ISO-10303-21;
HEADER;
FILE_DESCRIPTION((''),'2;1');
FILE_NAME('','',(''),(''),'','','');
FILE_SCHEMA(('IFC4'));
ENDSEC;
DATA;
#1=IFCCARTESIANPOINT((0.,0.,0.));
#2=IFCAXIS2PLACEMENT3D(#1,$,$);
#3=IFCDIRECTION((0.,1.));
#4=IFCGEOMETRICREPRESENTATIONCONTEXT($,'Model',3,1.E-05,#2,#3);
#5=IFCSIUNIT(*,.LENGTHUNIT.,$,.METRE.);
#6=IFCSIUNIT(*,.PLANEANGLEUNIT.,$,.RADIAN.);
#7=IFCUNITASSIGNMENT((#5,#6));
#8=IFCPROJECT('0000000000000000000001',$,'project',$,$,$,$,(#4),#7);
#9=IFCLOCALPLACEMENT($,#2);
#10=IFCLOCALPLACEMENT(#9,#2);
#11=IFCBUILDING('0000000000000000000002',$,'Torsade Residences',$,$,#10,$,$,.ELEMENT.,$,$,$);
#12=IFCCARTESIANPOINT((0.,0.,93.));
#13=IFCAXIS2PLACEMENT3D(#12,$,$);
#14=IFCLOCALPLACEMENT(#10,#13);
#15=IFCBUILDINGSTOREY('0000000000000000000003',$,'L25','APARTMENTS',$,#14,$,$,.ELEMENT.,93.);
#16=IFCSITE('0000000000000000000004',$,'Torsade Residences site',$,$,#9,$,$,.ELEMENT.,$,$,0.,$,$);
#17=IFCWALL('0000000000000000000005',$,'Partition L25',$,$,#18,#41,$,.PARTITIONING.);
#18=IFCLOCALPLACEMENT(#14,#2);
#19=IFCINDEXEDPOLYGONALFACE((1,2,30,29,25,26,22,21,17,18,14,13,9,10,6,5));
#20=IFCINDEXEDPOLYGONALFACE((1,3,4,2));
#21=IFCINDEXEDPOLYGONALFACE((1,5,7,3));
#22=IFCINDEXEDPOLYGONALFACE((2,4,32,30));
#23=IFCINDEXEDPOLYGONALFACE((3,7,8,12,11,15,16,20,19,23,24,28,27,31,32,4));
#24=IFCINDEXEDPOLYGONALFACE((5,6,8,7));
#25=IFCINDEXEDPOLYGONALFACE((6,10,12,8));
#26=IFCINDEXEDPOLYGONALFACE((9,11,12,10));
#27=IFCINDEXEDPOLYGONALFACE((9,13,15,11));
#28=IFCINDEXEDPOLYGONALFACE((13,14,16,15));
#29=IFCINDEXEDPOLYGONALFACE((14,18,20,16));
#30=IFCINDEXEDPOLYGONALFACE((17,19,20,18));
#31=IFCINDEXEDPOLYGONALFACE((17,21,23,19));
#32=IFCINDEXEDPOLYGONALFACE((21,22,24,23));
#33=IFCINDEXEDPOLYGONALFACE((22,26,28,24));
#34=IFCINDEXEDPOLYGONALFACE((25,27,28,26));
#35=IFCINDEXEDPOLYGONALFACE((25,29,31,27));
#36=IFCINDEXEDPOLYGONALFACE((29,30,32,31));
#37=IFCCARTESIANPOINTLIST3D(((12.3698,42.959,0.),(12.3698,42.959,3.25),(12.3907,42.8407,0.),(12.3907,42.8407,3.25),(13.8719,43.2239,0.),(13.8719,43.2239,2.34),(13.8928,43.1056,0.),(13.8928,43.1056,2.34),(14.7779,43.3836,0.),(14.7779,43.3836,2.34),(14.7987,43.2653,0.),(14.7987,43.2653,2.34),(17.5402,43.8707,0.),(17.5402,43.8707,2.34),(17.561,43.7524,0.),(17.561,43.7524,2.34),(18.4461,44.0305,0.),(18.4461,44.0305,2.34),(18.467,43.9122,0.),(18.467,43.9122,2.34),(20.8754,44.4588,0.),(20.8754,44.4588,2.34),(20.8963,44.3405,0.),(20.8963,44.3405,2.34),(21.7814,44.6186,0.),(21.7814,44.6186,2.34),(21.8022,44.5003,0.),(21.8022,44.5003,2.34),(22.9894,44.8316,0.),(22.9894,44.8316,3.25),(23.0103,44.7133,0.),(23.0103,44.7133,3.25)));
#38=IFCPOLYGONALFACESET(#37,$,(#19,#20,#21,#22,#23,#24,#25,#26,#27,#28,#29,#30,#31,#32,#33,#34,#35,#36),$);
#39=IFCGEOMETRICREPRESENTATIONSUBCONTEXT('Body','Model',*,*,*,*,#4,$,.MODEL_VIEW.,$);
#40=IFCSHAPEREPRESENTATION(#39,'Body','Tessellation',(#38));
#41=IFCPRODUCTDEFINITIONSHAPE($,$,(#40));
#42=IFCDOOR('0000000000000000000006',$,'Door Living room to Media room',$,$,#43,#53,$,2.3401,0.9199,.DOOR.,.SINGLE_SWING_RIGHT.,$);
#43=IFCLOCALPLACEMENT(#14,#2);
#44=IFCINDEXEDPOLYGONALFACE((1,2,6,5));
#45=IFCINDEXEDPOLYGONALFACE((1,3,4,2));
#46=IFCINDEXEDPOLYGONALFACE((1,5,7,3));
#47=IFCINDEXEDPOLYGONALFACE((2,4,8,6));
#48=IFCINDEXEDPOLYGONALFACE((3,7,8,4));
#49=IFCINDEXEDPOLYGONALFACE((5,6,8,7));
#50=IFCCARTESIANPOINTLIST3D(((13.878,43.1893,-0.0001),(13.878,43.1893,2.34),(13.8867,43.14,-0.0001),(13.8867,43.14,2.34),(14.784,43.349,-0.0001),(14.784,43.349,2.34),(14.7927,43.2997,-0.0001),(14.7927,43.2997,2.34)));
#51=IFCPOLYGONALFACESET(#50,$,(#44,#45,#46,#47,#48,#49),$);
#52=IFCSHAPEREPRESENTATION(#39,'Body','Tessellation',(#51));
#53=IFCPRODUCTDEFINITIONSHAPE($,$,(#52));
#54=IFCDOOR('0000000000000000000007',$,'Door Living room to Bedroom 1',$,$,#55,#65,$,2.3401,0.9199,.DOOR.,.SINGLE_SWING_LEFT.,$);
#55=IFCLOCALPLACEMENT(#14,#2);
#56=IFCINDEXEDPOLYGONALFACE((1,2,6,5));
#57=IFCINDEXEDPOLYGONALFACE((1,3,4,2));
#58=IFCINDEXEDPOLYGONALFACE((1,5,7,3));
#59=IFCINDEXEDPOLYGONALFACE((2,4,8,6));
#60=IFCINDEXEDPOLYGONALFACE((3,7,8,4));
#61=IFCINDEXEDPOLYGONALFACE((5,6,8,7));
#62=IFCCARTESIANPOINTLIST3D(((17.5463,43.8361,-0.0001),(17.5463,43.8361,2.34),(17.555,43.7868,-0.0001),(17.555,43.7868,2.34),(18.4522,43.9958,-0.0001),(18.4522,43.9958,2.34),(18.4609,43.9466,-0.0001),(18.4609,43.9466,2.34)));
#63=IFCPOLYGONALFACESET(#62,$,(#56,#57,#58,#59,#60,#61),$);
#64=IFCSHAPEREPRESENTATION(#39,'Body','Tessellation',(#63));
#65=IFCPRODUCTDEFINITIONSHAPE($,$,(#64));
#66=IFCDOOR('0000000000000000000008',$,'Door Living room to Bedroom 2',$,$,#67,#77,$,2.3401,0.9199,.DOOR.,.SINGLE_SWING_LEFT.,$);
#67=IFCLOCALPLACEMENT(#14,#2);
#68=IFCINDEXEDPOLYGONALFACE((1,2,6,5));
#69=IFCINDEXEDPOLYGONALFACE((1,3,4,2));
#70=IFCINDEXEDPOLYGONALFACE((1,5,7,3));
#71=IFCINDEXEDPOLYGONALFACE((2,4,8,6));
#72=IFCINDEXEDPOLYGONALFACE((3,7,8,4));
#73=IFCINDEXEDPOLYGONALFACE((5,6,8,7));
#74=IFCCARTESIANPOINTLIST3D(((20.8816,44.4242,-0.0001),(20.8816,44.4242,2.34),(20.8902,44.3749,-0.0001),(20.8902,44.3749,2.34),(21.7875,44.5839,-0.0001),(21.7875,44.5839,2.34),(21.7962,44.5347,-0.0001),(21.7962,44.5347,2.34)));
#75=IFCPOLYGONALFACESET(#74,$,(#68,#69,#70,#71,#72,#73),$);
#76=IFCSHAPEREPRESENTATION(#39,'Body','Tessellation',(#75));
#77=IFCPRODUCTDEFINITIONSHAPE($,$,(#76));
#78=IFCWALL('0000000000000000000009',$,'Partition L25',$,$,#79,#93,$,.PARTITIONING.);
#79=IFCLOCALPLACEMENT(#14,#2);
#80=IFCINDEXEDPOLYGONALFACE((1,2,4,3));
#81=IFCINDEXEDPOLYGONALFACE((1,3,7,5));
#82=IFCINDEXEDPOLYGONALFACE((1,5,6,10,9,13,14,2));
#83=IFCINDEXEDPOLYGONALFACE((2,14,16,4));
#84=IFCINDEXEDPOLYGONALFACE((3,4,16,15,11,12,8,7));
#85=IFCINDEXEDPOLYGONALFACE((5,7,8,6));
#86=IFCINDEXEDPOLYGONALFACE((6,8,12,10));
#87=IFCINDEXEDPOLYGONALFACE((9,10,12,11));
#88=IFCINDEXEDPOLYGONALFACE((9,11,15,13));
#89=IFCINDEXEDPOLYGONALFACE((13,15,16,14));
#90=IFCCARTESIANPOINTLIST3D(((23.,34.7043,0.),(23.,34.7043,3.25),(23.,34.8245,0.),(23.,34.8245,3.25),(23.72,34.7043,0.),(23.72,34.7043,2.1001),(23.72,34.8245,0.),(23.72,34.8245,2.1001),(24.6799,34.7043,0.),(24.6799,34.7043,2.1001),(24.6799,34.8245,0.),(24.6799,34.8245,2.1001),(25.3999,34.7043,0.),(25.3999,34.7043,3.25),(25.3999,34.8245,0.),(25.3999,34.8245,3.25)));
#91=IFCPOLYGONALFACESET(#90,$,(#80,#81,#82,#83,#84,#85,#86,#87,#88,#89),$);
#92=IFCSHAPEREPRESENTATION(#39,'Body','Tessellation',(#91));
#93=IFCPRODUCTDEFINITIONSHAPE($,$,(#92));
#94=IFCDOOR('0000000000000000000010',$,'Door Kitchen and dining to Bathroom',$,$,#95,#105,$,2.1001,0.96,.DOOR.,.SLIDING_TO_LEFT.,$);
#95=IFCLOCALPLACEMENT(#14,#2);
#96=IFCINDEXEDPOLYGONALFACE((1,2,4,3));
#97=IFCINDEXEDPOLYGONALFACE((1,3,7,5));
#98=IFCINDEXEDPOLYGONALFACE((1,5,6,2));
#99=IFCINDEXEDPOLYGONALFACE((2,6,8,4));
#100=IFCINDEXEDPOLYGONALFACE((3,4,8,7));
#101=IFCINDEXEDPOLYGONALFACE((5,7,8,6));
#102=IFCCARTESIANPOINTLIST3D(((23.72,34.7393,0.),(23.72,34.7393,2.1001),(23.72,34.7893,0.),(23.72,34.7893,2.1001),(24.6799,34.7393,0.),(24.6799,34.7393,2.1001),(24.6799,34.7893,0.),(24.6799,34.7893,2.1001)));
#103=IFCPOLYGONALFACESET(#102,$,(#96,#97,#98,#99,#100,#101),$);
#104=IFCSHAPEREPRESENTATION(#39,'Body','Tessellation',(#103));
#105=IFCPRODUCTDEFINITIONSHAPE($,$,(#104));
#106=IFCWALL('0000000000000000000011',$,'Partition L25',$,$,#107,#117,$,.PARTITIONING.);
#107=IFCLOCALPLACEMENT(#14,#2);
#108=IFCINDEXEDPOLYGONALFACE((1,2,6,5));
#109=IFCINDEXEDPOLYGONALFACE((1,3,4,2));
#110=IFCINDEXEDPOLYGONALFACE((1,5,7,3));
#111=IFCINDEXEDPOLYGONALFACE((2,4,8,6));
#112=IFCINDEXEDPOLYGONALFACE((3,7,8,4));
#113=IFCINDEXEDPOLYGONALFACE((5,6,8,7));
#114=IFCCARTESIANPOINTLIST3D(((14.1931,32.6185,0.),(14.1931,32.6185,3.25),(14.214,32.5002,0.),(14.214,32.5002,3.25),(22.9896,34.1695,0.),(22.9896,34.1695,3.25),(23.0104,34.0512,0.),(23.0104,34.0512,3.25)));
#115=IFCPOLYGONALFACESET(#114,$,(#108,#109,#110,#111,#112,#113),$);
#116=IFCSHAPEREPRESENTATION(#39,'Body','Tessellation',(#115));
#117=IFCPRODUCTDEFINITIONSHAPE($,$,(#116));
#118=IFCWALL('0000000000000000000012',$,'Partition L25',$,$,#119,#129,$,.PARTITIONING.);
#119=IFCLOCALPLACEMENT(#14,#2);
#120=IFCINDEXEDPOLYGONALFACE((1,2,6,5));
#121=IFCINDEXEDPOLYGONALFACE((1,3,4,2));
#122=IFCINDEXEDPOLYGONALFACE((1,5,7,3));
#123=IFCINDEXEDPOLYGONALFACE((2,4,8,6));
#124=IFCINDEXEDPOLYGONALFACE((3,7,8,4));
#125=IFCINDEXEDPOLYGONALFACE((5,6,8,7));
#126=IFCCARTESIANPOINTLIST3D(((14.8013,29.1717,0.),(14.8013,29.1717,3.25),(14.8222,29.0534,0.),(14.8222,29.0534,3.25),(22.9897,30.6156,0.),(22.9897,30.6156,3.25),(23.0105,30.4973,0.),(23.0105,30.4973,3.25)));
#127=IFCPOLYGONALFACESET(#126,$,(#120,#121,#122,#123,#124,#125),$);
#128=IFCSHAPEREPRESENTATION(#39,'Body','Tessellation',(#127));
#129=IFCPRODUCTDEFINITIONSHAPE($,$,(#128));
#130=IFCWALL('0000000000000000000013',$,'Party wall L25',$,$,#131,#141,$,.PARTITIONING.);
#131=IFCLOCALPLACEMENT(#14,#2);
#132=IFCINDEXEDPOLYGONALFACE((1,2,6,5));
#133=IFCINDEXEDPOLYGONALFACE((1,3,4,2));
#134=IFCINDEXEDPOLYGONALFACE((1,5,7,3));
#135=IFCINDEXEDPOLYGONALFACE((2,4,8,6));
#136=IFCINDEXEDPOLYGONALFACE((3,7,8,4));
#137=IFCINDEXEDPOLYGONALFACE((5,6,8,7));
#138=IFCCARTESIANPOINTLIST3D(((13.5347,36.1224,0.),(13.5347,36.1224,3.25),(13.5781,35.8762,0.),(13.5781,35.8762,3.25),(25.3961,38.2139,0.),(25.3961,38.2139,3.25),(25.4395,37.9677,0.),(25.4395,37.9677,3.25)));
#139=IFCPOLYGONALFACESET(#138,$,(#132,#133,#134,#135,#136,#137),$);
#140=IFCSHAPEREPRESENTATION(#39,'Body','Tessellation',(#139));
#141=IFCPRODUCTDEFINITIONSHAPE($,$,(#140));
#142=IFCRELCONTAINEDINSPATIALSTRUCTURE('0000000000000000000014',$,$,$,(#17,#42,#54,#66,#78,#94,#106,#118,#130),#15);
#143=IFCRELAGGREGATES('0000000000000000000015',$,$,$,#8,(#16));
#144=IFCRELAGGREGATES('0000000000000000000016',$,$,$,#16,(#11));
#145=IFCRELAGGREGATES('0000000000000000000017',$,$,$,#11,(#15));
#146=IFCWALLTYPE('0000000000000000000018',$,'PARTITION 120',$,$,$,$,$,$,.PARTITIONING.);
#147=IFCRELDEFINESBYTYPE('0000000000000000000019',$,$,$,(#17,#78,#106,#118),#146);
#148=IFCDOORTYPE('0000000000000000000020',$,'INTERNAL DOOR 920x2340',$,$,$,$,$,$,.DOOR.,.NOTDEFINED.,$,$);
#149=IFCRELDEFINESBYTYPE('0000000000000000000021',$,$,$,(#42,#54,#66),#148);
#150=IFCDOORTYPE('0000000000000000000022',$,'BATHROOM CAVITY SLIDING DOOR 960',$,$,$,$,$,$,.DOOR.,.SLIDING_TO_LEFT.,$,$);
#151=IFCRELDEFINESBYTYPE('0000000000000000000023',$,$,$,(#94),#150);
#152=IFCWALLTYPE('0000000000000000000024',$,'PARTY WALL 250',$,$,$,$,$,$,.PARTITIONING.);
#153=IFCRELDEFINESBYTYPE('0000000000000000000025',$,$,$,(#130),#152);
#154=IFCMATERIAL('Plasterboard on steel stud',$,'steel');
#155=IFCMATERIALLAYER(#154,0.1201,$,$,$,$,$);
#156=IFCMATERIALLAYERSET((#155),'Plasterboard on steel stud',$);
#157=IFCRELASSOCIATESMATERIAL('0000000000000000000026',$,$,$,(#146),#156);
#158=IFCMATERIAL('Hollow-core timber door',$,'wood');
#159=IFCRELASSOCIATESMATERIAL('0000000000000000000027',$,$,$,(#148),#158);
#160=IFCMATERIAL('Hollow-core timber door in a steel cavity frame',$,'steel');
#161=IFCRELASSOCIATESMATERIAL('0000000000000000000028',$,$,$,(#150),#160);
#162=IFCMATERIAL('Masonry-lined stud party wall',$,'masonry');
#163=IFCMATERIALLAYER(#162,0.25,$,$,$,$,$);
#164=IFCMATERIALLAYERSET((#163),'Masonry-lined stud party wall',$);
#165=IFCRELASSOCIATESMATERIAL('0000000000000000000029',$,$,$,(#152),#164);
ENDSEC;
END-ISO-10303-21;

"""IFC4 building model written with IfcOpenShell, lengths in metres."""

from ifc_helpers import new_model, si_unit, direction, frame, frame_2d, origin, place, context, subcontext, project, spatial, rectangle, extrude, material, layer, layer_set, type_object, element, fill, save


model = new_model("IFC4")

# Units and contexts
model_context = context("Model", 3, precision=1e-05, world=origin(), true_north=direction((0.0, 1.0)))
body_context = subcontext(model_context, "Body", "Model", "MODEL_VIEW")
ifc_project = project(units=[si_unit("LENGTHUNIT", "METRE"), si_unit("PLANEANGLEUNIT", "RADIAN")], contexts=[model_context])

# Site, building, storey
site_placement = place(None, origin())
site = spatial("IfcSite", under=ifc_project, at=site_placement, Name="Torsade Residences site", CompositionType="ELEMENT", RefElevation=0.0)
building_placement = place(site_placement, origin())
building = spatial("IfcBuilding", under=site, at=building_placement, Name="Torsade Residences", CompositionType="ELEMENT")
storey_placement = place(building_placement, frame((0.0, 0.0, 93.0)))
storey = spatial("IfcBuildingStorey", under=building, at=storey_placement, Name="L25", Description="APARTMENTS", CompositionType="ELEMENT", Elevation=93.0)

# Shared definitions
ifc_material_1 = material(Name="Plasterboard on steel stud", Category="steel")
ifc_layer_1 = layer(ifc_material_1, 0.1201)
ifc_layer_set_1 = layer_set([ifc_layer_1], Name="Plasterboard on steel stud")
wall_type_1 = type_object("IfcWallType", Name="PARTITION 120", PredefinedType="PARTITIONING", material=ifc_layer_set_1)
ifc_material_2 = material(Name="Hollow-core timber door", Category="wood")
door_type_1 = type_object("IfcDoorType", Name="INTERNAL DOOR 920x2340", OperationType="NOTDEFINED", PredefinedType="DOOR", material=ifc_material_2)

# Wall, openings, doors
wall_1_placement = place(storey_placement, frame((12.3804, 42.8999, 0.0), z_axis=(0.0, 0.0, 1.0), x_axis=(0.984807, 0.173651, 0.0)))
wall_1 = element("IfcWall", 1, at=wall_1_placement, inside=storey, type_object=wall_type_1, Name="Partition L25", PredefinedType="PARTITIONING", context=body_context, shape_type="SweptSolid", body=[
    extrude(rectangle(XDim=10.7834, YDim=0.1201, at=frame_2d((5.3916, 0.0))), origin(), (0.0, 0.0, 1.0), 3.25),
])
opening_1_placement = place(wall_1_placement, frame((1.5251, 0.0, 0.0)))
opening_1 = element("IfcOpeningElement", 2, at=opening_1_placement, cuts=wall_1, PredefinedType="OPENING", context=body_context, shape_type="SweptSolid", body=[
    extrude(rectangle(XDim=0.9199, YDim=2.3401, at=frame_2d((0.46, 1.1699))), frame((0.0, 0.0701, 0.0), z_axis=(0.0, -1.0, 0.0), x_axis=(1.0, 0.0, 0.0)), (0.0, 0.0, 1.0), 0.1401),
])
opening_2_placement = place(wall_1_placement, frame((5.25, 0.0, 0.0)))
opening_2 = element("IfcOpeningElement", 3, at=opening_2_placement, cuts=wall_1, PredefinedType="OPENING", context=body_context, shape_type="SweptSolid", body=[
    extrude(rectangle(XDim=0.9199, YDim=2.3401, at=frame_2d((0.46, 1.1699))), frame((0.0, 0.0701, 0.0), z_axis=(0.0, -1.0, 0.0), x_axis=(1.0, 0.0, 0.0)), (0.0, 0.0, 1.0), 0.1401),
])
opening_3_placement = place(wall_1_placement, frame((8.6367, 0.0, 0.0)))
opening_3 = element("IfcOpeningElement", 4, at=opening_3_placement, cuts=wall_1, PredefinedType="OPENING", context=body_context, shape_type="SweptSolid", body=[
    extrude(rectangle(XDim=0.9199, YDim=2.3401, at=frame_2d((0.46, 1.1699))), frame((0.0, 0.0701, 0.0), z_axis=(0.0, -1.0, 0.0), x_axis=(1.0, 0.0, 0.0)), (0.0, 0.0, 1.0), 0.1401),
])
door_1_placement = place(opening_1_placement, origin())
door_1 = element("IfcDoor", 5, at=door_1_placement, inside=storey, type_object=door_type_1, Name="Door Living room to Media room", OperationType="SINGLE_SWING_RIGHT", OverallHeight=2.3401, OverallWidth=0.9199, PredefinedType="DOOR", context=body_context, shape_type="SweptSolid", body=[
    extrude(rectangle(XDim=0.9199, YDim=2.3401, at=frame_2d((0.46, 1.1699))), frame((0.0, 0.0249, 0.0), z_axis=(0.0, -1.0, 0.0), x_axis=(1.0, 0.0, 0.0)), (0.0, 0.0, 1.0), 0.05),
])
fill(opening_1, door_1)
door_2_placement = place(opening_2_placement, origin())
door_2 = element("IfcDoor", 6, at=door_2_placement, inside=storey, type_object=door_type_1, Name="Door Living room to Bedroom 1", OperationType="SINGLE_SWING_LEFT", OverallHeight=2.3401, OverallWidth=0.9199, PredefinedType="DOOR", context=body_context, shape_type="SweptSolid", body=[
    extrude(rectangle(XDim=0.9199, YDim=2.3401, at=frame_2d((0.46, 1.1699))), frame((0.0, 0.0249, 0.0), z_axis=(0.0, -1.0, 0.0), x_axis=(1.0, 0.0, 0.0)), (0.0, 0.0, 1.0), 0.05),
])
fill(opening_2, door_2)
door_3_placement = place(opening_3_placement, origin())
door_3 = element("IfcDoor", 7, at=door_3_placement, inside=storey, type_object=door_type_1, Name="Door Living room to Bedroom 2", OperationType="SINGLE_SWING_LEFT", OverallHeight=2.3401, OverallWidth=0.9199, PredefinedType="DOOR", context=body_context, shape_type="SweptSolid", body=[
    extrude(rectangle(XDim=0.9199, YDim=2.3401, at=frame_2d((0.46, 1.1699))), frame((0.0, 0.0249, 0.0), z_axis=(0.0, -1.0, 0.0), x_axis=(1.0, 0.0, 0.0)), (0.0, 0.0, 1.0), 0.05),
])
fill(opening_3, door_3)

# Wall, opening, door
wall_2_placement = place(storey_placement, frame((23.0, 34.7644, 0.0), z_axis=(0.0, 0.0, 1.0), x_axis=(1.0, 0.0, 0.0)))
wall_2 = element("IfcWall", 8, at=wall_2_placement, inside=storey, type_object=wall_type_1, Name="Partition L25", PredefinedType="PARTITIONING", context=body_context, shape_type="SweptSolid", body=[
    extrude(rectangle(XDim=2.3999, YDim=0.1201, at=frame_2d((1.2, 0.0))), origin(), (0.0, 0.0, 1.0), 3.25),
])
opening_4_placement = place(wall_2_placement, frame((0.72, 0.0, 0.0)))
opening_4 = element("IfcOpeningElement", 9, at=opening_4_placement, cuts=wall_2, PredefinedType="OPENING", context=body_context, shape_type="SweptSolid", body=[
    extrude(rectangle(XDim=0.96, YDim=2.1001, at=frame_2d((0.48, 1.05))), frame((0.0, 0.0701, 0.0), z_axis=(0.0, -1.0, 0.0), x_axis=(1.0, 0.0, 0.0)), (0.0, 0.0, 1.0), 0.1401),
])
ifc_material_3 = material(Name="Hollow-core timber door in a steel cavity frame", Category="steel")
door_type_2 = type_object("IfcDoorType", Name="BATHROOM CAVITY SLIDING DOOR 960", OperationType="SLIDING_TO_LEFT", PredefinedType="DOOR", material=ifc_material_3)
door_4_placement = place(opening_4_placement, origin())
door_4 = element("IfcDoor", 10, at=door_4_placement, inside=storey, type_object=door_type_2, Name="Door Kitchen and dining to Bathroom", OperationType="SLIDING_TO_LEFT", OverallHeight=2.1001, OverallWidth=0.96, PredefinedType="DOOR", context=body_context, shape_type="SweptSolid", body=[
    extrude(rectangle(XDim=0.96, YDim=2.1001, at=frame_2d((0.48, 1.05))), frame((0.0, 0.0249, 0.0), z_axis=(0.0, -1.0, 0.0), x_axis=(1.0, 0.0, 0.0)), (0.0, 0.0, 1.0), 0.05),
])
fill(opening_4, door_4)

# Walls
wall_3_placement = place(storey_placement, frame((23.0, 34.1104, 0.0), z_axis=(0.0, 0.0, 1.0), x_axis=(-0.984808, -0.173647, 0.0)))
element("IfcWall", 11, at=wall_3_placement, inside=storey, type_object=wall_type_1, Name="Partition L25", PredefinedType="PARTITIONING", context=body_context, shape_type="SweptSolid", body=[
    extrude(rectangle(XDim=8.9321, YDim=0.1201, at=frame_2d((4.4661, 0.0))), origin(), (0.0, 0.0, 1.0), 3.25),
])
wall_4_placement = place(storey_placement, frame((23.0, 30.5564, 0.0), z_axis=(0.0, 0.0, 1.0), x_axis=(-0.984808, -0.173648, 0.0)))
element("IfcWall", 12, at=wall_4_placement, inside=storey, type_object=wall_type_1, Name="Partition L25", PredefinedType="PARTITIONING", context=body_context, shape_type="SweptSolid", body=[
    extrude(rectangle(XDim=8.3147, YDim=0.1201, at=frame_2d((4.1572, 0.0))), origin(), (0.0, 0.0, 1.0), 3.25),
])
ifc_material_4 = material(Name="Masonry-lined stud party wall", Category="masonry")
ifc_layer_2 = layer(ifc_material_4, 0.25)
ifc_layer_set_2 = layer_set([ifc_layer_2], Name="Masonry-lined stud party wall")
wall_type_2 = type_object("IfcWallType", Name="PARTY WALL 250", PredefinedType="PARTITIONING", material=ifc_layer_set_2)
wall_5_placement = place(storey_placement, frame((13.5564, 35.9993, 0.0), z_axis=(0.0, 0.0, 1.0), x_axis=(0.984807, 0.173655, 0.0)))
element("IfcWall", 13, at=wall_5_placement, inside=storey, type_object=wall_type_2, Name="Party wall L25", PredefinedType="PARTITIONING", context=body_context, shape_type="SweptSolid", body=[
    extrude(rectangle(XDim=12.0444, YDim=0.25, at=frame_2d((6.0222, 0.0))), origin(), (0.0, 0.0, 1.0), 3.25),
])

save(model, "model.ifc")
